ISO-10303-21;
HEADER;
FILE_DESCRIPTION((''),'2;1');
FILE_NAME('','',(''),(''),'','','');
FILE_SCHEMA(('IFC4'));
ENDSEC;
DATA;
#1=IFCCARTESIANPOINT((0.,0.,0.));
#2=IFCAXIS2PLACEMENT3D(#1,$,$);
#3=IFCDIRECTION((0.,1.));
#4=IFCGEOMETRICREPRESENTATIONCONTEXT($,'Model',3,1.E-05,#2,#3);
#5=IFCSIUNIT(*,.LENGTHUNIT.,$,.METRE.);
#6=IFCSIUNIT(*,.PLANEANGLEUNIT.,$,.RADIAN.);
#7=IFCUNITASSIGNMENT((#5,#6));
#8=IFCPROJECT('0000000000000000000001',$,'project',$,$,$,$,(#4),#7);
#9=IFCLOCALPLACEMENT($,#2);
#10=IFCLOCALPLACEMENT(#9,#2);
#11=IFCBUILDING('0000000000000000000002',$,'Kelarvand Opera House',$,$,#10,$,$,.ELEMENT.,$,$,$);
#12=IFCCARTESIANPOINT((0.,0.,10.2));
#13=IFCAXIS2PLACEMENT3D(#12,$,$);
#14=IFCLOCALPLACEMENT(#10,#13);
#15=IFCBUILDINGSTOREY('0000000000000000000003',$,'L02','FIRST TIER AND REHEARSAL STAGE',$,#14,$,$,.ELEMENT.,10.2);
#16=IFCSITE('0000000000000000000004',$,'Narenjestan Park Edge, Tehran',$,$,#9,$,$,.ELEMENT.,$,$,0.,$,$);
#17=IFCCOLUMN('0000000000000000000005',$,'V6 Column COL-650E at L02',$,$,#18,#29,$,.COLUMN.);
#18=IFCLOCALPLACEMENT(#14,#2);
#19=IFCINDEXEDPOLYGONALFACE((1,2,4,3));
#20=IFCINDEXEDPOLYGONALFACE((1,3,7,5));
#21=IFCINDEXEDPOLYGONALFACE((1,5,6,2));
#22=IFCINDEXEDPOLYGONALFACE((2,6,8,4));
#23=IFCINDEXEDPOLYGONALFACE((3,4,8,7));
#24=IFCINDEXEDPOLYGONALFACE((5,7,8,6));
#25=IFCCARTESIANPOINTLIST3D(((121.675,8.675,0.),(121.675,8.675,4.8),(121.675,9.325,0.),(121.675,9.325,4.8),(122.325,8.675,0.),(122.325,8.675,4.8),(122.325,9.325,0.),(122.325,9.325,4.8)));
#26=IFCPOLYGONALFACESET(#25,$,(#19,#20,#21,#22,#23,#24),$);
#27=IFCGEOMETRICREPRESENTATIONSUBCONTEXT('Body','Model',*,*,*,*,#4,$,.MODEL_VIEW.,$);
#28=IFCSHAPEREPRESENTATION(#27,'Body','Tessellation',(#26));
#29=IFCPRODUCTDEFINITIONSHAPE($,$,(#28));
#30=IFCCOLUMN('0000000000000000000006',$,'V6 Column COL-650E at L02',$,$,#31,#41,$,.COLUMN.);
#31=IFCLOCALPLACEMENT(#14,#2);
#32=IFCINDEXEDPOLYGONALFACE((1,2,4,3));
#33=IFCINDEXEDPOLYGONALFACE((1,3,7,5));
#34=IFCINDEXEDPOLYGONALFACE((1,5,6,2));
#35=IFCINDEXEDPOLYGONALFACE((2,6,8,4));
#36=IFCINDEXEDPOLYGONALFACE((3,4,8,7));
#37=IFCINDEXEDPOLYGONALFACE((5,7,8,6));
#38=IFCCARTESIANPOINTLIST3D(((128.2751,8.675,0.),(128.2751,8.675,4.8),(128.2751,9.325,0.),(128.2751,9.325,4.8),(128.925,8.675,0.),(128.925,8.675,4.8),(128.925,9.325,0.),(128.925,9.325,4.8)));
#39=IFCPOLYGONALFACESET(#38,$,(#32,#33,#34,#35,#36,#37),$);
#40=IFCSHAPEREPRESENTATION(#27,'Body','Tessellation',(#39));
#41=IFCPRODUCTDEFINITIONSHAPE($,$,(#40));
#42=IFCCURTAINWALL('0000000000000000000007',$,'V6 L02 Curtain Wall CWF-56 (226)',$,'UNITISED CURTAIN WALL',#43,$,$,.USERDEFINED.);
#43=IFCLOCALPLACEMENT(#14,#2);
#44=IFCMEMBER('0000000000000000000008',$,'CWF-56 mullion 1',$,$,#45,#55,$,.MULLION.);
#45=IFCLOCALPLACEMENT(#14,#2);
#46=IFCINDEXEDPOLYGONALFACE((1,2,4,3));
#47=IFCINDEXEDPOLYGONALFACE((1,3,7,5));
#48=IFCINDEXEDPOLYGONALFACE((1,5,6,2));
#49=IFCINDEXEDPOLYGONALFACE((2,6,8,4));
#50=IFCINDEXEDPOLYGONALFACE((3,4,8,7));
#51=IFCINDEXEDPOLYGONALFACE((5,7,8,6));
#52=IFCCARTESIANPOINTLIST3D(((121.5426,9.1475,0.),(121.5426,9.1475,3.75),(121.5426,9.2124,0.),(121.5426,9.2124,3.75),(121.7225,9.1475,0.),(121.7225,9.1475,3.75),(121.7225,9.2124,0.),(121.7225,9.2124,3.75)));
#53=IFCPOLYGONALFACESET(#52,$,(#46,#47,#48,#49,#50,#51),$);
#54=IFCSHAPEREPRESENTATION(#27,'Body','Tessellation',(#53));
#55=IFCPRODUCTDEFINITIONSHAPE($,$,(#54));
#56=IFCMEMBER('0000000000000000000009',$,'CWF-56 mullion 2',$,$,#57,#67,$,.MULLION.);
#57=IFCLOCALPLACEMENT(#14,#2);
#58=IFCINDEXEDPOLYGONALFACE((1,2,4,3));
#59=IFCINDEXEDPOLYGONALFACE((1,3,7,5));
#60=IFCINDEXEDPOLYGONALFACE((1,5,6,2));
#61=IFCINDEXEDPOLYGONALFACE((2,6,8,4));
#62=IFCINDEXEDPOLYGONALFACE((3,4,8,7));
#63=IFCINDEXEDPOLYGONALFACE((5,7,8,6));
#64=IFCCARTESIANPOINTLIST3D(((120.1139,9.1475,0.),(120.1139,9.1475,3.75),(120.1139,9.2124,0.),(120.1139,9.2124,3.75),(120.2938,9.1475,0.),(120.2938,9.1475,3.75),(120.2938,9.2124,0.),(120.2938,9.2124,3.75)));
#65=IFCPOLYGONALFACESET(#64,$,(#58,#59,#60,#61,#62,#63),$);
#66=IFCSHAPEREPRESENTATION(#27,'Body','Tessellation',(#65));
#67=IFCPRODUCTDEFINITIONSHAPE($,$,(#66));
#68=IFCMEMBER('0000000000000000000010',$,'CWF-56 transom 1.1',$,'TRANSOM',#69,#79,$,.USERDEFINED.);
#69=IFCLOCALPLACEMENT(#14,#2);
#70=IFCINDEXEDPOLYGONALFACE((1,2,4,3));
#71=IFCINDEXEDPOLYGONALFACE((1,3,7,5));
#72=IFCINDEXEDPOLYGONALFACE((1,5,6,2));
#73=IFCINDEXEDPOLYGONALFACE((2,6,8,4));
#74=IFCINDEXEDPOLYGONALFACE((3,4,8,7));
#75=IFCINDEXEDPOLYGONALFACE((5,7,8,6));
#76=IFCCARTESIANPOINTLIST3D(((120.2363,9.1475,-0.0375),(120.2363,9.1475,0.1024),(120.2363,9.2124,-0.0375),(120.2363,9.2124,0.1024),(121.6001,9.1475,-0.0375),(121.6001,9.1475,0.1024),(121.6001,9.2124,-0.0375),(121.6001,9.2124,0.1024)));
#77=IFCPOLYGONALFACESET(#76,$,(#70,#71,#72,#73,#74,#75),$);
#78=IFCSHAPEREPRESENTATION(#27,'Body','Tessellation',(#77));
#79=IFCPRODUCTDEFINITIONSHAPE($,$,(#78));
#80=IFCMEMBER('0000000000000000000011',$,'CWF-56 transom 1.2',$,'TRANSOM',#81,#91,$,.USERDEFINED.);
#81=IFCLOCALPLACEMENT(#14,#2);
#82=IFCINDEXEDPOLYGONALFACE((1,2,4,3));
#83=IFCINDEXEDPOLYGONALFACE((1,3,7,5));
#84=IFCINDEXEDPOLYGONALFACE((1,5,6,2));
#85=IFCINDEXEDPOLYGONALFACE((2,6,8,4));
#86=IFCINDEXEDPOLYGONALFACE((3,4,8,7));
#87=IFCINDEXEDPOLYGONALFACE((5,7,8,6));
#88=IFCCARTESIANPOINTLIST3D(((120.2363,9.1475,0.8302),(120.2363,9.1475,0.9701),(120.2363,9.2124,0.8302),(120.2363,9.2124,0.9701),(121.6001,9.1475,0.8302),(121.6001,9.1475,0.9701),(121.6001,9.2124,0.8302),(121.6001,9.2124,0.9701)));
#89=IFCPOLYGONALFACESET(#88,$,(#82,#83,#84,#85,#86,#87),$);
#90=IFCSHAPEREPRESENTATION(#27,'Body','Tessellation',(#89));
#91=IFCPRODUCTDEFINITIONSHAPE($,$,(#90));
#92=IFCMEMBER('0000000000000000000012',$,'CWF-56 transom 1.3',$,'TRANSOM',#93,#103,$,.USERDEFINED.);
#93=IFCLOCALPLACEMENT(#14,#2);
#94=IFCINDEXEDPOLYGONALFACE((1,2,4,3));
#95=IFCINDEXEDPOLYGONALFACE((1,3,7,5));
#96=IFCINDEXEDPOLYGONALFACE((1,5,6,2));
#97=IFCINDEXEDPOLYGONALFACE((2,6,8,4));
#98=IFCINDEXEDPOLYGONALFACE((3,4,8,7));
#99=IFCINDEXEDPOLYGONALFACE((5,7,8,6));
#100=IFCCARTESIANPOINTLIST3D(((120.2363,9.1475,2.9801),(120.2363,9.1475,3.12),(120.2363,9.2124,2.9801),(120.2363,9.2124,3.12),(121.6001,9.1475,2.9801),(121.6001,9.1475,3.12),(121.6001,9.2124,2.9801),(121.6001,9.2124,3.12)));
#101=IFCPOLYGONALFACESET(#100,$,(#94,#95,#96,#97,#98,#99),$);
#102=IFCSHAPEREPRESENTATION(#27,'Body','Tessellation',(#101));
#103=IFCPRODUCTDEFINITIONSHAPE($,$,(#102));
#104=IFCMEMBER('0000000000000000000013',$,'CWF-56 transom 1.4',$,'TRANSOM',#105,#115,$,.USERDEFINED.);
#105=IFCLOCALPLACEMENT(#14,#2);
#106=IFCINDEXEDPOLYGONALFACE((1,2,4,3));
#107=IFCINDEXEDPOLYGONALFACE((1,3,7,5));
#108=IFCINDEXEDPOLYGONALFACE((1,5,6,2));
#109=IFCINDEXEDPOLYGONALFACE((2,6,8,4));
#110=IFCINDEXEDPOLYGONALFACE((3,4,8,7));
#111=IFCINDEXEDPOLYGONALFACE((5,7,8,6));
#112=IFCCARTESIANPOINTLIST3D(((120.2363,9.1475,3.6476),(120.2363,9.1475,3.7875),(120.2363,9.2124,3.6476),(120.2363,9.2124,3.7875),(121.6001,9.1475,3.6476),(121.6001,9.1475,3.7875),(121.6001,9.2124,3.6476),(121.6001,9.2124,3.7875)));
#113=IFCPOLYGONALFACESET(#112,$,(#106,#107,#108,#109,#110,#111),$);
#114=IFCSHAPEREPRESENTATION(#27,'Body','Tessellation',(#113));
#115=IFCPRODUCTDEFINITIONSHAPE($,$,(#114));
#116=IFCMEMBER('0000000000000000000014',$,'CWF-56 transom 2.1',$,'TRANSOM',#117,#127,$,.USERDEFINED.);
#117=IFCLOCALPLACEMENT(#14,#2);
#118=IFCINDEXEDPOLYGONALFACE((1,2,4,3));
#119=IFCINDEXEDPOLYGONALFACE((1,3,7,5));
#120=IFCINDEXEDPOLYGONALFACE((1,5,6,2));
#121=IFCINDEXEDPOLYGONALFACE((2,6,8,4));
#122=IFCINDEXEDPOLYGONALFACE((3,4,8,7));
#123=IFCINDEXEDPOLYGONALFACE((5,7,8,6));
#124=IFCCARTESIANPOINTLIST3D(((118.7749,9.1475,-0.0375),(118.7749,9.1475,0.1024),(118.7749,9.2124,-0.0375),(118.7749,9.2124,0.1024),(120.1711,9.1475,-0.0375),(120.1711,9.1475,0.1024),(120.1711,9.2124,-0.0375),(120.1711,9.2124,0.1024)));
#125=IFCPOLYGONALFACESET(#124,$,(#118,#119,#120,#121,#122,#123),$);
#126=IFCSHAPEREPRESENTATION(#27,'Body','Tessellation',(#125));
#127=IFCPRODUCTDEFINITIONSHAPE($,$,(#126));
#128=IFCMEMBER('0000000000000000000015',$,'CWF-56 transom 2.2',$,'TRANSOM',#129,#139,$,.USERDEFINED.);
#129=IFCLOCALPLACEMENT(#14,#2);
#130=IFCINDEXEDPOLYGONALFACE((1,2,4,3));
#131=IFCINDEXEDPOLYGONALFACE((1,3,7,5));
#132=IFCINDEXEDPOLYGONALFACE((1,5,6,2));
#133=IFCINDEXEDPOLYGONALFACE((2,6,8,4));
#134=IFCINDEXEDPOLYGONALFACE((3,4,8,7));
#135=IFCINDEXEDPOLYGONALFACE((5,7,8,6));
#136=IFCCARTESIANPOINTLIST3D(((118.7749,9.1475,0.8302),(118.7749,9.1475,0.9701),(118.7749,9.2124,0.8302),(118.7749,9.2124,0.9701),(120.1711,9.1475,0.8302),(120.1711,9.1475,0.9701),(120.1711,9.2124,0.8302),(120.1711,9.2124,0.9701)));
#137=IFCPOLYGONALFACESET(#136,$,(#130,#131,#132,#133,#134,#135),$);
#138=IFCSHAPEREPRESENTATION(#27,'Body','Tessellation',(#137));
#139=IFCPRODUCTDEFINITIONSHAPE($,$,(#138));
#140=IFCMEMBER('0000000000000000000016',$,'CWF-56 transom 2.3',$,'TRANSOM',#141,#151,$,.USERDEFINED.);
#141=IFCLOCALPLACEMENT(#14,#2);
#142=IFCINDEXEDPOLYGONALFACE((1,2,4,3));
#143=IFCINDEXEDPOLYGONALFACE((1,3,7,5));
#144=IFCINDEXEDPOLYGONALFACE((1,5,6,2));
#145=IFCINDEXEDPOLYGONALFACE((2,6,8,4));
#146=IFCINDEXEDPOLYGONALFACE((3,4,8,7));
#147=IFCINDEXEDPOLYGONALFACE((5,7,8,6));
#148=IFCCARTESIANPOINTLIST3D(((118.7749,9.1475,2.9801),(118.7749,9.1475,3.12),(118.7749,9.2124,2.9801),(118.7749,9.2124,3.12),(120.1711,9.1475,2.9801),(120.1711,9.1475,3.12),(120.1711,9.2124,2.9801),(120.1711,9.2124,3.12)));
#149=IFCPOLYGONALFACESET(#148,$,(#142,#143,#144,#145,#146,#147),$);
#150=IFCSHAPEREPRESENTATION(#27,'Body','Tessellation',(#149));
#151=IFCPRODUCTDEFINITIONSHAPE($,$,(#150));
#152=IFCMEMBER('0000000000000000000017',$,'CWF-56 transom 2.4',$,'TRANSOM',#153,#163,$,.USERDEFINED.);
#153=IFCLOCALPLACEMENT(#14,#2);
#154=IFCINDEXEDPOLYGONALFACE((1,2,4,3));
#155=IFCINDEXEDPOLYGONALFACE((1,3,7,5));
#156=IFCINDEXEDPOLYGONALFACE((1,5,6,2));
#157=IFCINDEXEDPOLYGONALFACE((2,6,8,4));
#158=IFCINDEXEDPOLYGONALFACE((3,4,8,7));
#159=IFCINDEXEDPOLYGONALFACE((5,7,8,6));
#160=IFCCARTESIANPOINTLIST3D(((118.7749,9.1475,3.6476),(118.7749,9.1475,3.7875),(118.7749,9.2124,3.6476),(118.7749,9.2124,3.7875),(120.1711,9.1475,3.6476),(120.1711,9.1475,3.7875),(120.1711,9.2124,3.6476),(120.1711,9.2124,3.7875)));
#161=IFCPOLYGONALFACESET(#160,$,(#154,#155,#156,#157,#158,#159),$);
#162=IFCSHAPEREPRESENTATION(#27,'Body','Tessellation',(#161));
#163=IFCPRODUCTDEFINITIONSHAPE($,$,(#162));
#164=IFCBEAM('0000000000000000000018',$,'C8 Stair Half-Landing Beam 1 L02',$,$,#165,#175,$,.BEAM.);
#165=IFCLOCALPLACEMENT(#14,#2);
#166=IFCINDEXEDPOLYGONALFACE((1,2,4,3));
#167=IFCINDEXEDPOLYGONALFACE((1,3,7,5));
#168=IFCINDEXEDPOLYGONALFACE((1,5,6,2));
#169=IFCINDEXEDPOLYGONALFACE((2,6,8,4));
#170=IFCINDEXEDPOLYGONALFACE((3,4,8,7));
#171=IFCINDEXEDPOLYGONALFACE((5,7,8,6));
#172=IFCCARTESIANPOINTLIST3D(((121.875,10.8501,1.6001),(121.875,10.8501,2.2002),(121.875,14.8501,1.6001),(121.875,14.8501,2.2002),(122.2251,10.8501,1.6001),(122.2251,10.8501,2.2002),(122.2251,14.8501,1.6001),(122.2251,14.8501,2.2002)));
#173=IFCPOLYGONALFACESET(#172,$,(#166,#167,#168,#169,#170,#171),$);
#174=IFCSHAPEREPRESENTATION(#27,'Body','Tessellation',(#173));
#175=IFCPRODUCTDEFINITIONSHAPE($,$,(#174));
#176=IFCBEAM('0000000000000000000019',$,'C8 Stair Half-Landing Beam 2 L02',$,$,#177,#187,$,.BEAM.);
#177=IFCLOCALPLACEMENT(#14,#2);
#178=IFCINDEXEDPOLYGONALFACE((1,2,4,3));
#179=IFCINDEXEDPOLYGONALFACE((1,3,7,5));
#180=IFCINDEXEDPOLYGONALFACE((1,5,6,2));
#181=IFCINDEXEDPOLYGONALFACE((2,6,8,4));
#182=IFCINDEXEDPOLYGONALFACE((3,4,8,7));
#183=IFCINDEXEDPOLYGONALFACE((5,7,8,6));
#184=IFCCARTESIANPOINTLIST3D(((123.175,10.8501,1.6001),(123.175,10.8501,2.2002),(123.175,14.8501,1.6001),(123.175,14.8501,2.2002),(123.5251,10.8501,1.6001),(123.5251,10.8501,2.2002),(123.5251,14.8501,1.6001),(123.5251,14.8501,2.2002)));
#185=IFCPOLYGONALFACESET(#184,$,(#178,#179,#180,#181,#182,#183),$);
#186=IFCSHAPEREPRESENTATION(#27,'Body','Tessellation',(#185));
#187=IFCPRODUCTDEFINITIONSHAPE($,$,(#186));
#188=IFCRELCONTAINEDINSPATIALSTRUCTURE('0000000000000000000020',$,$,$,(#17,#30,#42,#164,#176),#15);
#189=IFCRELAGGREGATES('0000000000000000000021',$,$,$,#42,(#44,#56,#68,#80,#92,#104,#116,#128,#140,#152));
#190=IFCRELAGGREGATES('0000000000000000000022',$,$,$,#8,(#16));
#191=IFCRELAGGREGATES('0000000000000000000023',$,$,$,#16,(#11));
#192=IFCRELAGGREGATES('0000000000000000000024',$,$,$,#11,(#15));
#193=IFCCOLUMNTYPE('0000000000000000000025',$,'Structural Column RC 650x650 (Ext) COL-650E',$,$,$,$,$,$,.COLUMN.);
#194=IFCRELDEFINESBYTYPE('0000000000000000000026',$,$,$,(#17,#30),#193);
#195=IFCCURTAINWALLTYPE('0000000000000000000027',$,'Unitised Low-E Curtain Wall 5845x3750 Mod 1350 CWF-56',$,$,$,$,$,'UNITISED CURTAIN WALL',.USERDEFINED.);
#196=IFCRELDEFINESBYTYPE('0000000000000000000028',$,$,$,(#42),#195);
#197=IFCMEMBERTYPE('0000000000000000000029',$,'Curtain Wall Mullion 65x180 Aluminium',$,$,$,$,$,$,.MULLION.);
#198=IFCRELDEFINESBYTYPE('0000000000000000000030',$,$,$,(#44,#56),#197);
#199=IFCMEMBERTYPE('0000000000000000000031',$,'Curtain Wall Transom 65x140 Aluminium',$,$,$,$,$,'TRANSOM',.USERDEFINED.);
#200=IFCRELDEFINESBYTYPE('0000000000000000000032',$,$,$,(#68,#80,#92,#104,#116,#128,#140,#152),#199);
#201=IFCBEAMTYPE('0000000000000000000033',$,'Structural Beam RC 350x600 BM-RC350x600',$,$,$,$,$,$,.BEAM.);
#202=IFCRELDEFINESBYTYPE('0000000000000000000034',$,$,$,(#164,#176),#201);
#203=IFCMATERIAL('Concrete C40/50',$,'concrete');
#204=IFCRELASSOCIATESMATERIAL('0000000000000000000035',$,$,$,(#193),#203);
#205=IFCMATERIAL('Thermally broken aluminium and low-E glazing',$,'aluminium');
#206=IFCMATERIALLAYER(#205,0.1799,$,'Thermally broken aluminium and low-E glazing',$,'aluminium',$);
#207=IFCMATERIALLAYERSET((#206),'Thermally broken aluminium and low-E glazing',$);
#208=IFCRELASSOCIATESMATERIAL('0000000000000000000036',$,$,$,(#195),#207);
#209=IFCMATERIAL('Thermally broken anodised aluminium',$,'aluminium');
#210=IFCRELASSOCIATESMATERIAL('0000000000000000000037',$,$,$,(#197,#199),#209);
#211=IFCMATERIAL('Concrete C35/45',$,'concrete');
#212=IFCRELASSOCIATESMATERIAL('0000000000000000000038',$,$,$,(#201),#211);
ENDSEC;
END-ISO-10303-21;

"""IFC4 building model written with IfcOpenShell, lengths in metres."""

from ifc_helpers import new_model, si_unit, direction, frame, origin, origin_2d, place, context, subcontext, project, spatial, rectangle, extrude, material, layer, layer_set, material_profile, profile_set, type_object, element, aggregate, save


model = new_model("IFC4")

# Units and contexts
model_context = context("Model", 3, precision=1e-05, world=origin(), true_north=direction((0.0, 1.0)))
body_context = subcontext(model_context, "Body", "Model", "MODEL_VIEW")
ifc_project = project(units=[si_unit("LENGTHUNIT", "METRE"), si_unit("PLANEANGLEUNIT", "RADIAN")], contexts=[model_context])

# Site, building, storey
site_placement = place(None, origin())
site = spatial("IfcSite", under=ifc_project, at=site_placement, Name="Narenjestan Park Edge, Tehran", CompositionType="ELEMENT", RefElevation=0.0)
building_placement = place(site_placement, origin())
building = spatial("IfcBuilding", under=site, at=building_placement, Name="Kelarvand Opera House", CompositionType="ELEMENT")
storey_placement = place(building_placement, frame((0.0, 0.0, 10.2)))
storey = spatial("IfcBuildingStorey", under=building, at=storey_placement, Name="L02", Description="FIRST TIER AND REHEARSAL STAGE", CompositionType="ELEMENT", Elevation=10.2)

# Columns
ifc_material_1 = material(Name="Concrete C40/50", Category="concrete")
ifc_material_profile_1 = material_profile(ifc_material_1, rectangle(XDim=0.6499, YDim=0.6499, at=origin_2d()), Name="RC 650x650", Category="concrete")
ifc_profile_set_1 = profile_set([ifc_material_profile_1], Name="Concrete C40/50")
column_type = type_object("IfcColumnType", Name="Structural Column RC 650x650 (Ext) COL-650E", PredefinedType="COLUMN", material=ifc_profile_set_1)
for number, where, z_axis, x_axis, name in (
    (1, (122.0, 9.0, 0.0), (0.0, 0.0, 1.0), (1.0, 0.0, 0.0), "V6 Column COL-650E at L02"),
    (2, (128.6001, 9.0, 0.0), (0.0, 0.0, 1.0), (1.0, 0.0, 0.0), "V6 Column COL-650E at L02"),
):
    element("IfcColumn", number, at=place(storey_placement, frame(where, z_axis=z_axis, x_axis=x_axis)), inside=storey, type_object=column_type, Name=name, PredefinedType="COLUMN", context=body_context, shape_type="SweptSolid", body=[
        extrude(rectangle(XDim=0.6499, YDim=0.6499, at=origin_2d()), origin(), (0.0, 0.0, 1.0), 4.8),
    ])

# Curtain wall, members
ifc_material_2 = material(Name="Thermally broken aluminium and low-E glazing", Category="aluminium")
ifc_layer_1 = layer(ifc_material_2, 0.1799, Name="Thermally broken aluminium and low-E glazing", Category="aluminium")
ifc_layer_set_1 = layer_set([ifc_layer_1], Name="Thermally broken aluminium and low-E glazing")
curtain_wall_type = type_object("IfcCurtainWallType", Name="Unitised Low-E Curtain Wall 5845x3750 Mod 1350 CWF-56", ElementType="UNITISED CURTAIN WALL", PredefinedType="USERDEFINED", material=ifc_layer_set_1)
curtain_wall_placement = place(storey_placement, origin())
curtain_wall = element("IfcCurtainWall", 3, at=curtain_wall_placement, inside=storey, type_object=curtain_wall_type, Name="V6 L02 Curtain Wall CWF-56 (226)", ObjectType="UNITISED CURTAIN WALL", PredefinedType="USERDEFINED")
ifc_material_3 = material(Name="Thermally broken anodised aluminium", Category="aluminium")
ifc_material_profile_2 = material_profile(ifc_material_3, rectangle(XDim=0.0649, YDim=0.1799, at=origin_2d()), Name="ALU MULLION 65x180", Category="aluminium")
ifc_profile_set_2 = profile_set([ifc_material_profile_2], Name="Thermally broken anodised aluminium")
member_type_1 = type_object("IfcMemberType", Name="Curtain Wall Mullion 65x180 Aluminium", PredefinedType="MULLION", material=ifc_profile_set_2)
member_1_placement = place(storey_placement, frame((121.6326, 9.1799, 0.0), z_axis=(0.0, 0.0, 1.0), x_axis=(0.0, -1.0, 0.0)))
member_1 = element("IfcMember", 4, at=member_1_placement, type_object=member_type_1, Name="CWF-56 mullion 1", PredefinedType="MULLION", context=body_context, shape_type="SweptSolid", body=[
    extrude(rectangle(XDim=0.0649, YDim=0.1799, at=origin_2d()), origin(), (0.0, 0.0, 1.0), 3.75),
])
member_2_placement = place(storey_placement, frame((120.2039, 9.1799, 0.0), z_axis=(0.0, 0.0, 1.0), x_axis=(0.0, -1.0, 0.0)))
member_2 = element("IfcMember", 5, at=member_2_placement, type_object=member_type_1, Name="CWF-56 mullion 2", PredefinedType="MULLION", context=body_context, shape_type="SweptSolid", body=[
    extrude(rectangle(XDim=0.0649, YDim=0.1799, at=origin_2d()), origin(), (0.0, 0.0, 1.0), 3.75),
])
ifc_material_profile_3 = material_profile(ifc_material_3, rectangle(XDim=0.0649, YDim=0.1399, at=origin_2d()), Name="ALU TRANSOM 65x140", Category="aluminium")
ifc_profile_set_3 = profile_set([ifc_material_profile_3], Name="Thermally broken anodised aluminium")
member_type_2 = type_object("IfcMemberType", Name="Curtain Wall Transom 65x140 Aluminium", ElementType="TRANSOM", PredefinedType="USERDEFINED", material=ifc_profile_set_3)
member_3_placement = place(storey_placement, frame((121.6001, 9.1799, 0.0325), z_axis=(-1.0, 0.0, 0.0), x_axis=(0.0, -1.0, 0.0)))
member_3 = element("IfcMember", 6, at=member_3_placement, type_object=member_type_2, Name="CWF-56 transom 1.1", ObjectType="TRANSOM", PredefinedType="USERDEFINED", context=body_context, shape_type="SweptSolid", body=[
    extrude(rectangle(XDim=0.0649, YDim=0.1399, at=origin_2d()), origin(), (0.0, 0.0, 1.0), 1.3638),
])
member_4_placement = place(storey_placement, frame((121.6001, 9.1799, 0.9001), z_axis=(-1.0, 0.0, 0.0), x_axis=(0.0, -1.0, 0.0)))
member_4 = element("IfcMember", 7, at=member_4_placement, type_object=member_type_2, Name="CWF-56 transom 1.2", ObjectType="TRANSOM", PredefinedType="USERDEFINED", context=body_context, shape_type="SweptSolid", body=[
    extrude(rectangle(XDim=0.0649, YDim=0.1399, at=origin_2d()), origin(), (0.0, 0.0, 1.0), 1.3638),
])
member_5_placement = place(storey_placement, frame((121.6001, 9.1799, 3.05), z_axis=(-1.0, 0.0, 0.0), x_axis=(0.0, -1.0, 0.0)))
member_5 = element("IfcMember", 8, at=member_5_placement, type_object=member_type_2, Name="CWF-56 transom 1.3", ObjectType="TRANSOM", PredefinedType="USERDEFINED", context=body_context, shape_type="SweptSolid", body=[
    extrude(rectangle(XDim=0.0649, YDim=0.1399, at=origin_2d()), origin(), (0.0, 0.0, 1.0), 1.3638),
])
member_6_placement = place(storey_placement, frame((121.6001, 9.1799, 3.7175), z_axis=(-1.0, 0.0, 0.0), x_axis=(0.0, -1.0, 0.0)))
member_6 = element("IfcMember", 9, at=member_6_placement, type_object=member_type_2, Name="CWF-56 transom 1.4", ObjectType="TRANSOM", PredefinedType="USERDEFINED", context=body_context, shape_type="SweptSolid", body=[
    extrude(rectangle(XDim=0.0649, YDim=0.1399, at=origin_2d()), origin(), (0.0, 0.0, 1.0), 1.3638),
])
member_7_placement = place(storey_placement, frame((120.1711, 9.1799, 0.0325), z_axis=(-1.0, 0.0, 0.0), x_axis=(0.0, -1.0, 0.0)))
member_7 = element("IfcMember", 10, at=member_7_placement, type_object=member_type_2, Name="CWF-56 transom 2.1", ObjectType="TRANSOM", PredefinedType="USERDEFINED", context=body_context, shape_type="SweptSolid", body=[
    extrude(rectangle(XDim=0.0649, YDim=0.1399, at=origin_2d()), origin(), (0.0, 0.0, 1.0), 1.3962),
])
member_8_placement = place(storey_placement, frame((120.1711, 9.1799, 0.9001), z_axis=(-1.0, 0.0, 0.0), x_axis=(0.0, -1.0, 0.0)))
member_8 = element("IfcMember", 11, at=member_8_placement, type_object=member_type_2, Name="CWF-56 transom 2.2", ObjectType="TRANSOM", PredefinedType="USERDEFINED", context=body_context, shape_type="SweptSolid", body=[
    extrude(rectangle(XDim=0.0649, YDim=0.1399, at=origin_2d()), origin(), (0.0, 0.0, 1.0), 1.3962),
])
member_9_placement = place(storey_placement, frame((120.1711, 9.1799, 3.05), z_axis=(-1.0, 0.0, 0.0), x_axis=(0.0, -1.0, 0.0)))
member_9 = element("IfcMember", 12, at=member_9_placement, type_object=member_type_2, Name="CWF-56 transom 2.3", ObjectType="TRANSOM", PredefinedType="USERDEFINED", context=body_context, shape_type="SweptSolid", body=[
    extrude(rectangle(XDim=0.0649, YDim=0.1399, at=origin_2d()), origin(), (0.0, 0.0, 1.0), 1.3962),
])
member_10_placement = place(storey_placement, frame((120.1711, 9.1799, 3.7175), z_axis=(-1.0, 0.0, 0.0), x_axis=(0.0, -1.0, 0.0)))
member_10 = element("IfcMember", 13, at=member_10_placement, type_object=member_type_2, Name="CWF-56 transom 2.4", ObjectType="TRANSOM", PredefinedType="USERDEFINED", context=body_context, shape_type="SweptSolid", body=[
    extrude(rectangle(XDim=0.0649, YDim=0.1399, at=origin_2d()), origin(), (0.0, 0.0, 1.0), 1.3962),
])

# Beams
ifc_material_4 = material(Name="Concrete C35/45", Category="concrete")
ifc_material_profile_4 = material_profile(ifc_material_4, rectangle(XDim=0.3501, YDim=0.6001, at=origin_2d()), Name="RC 350x600", Category="concrete")
ifc_profile_set_4 = profile_set([ifc_material_profile_4], Name="Concrete C35/45")
beam_type_1 = type_object("IfcBeamType", Name="Structural Beam RC 350x600 BM-RC350x600", PredefinedType="BEAM", material=ifc_profile_set_4)
for number, where, z_axis, x_axis, name in (
    (14, (122.05, 10.8501, 1.9001), (0.0, 1.0, 0.0), (-1.0, 0.0, 0.0), "C8 Stair Half-Landing Beam 1 L02"),
    (15, (123.3501, 10.8501, 1.9001), (0.0, 1.0, 0.0), (-1.0, 0.0, 0.0), "C8 Stair Half-Landing Beam 2 L02"),
):
    element("IfcBeam", number, at=place(storey_placement, frame(where, z_axis=z_axis, x_axis=x_axis)), inside=storey, type_object=beam_type_1, Name=name, PredefinedType="BEAM", context=body_context, shape_type="SweptSolid", body=[
        extrude(rectangle(XDim=0.3501, YDim=0.6001, at=origin_2d()), origin(), (0.0, 0.0, 1.0), 4.0),
    ])

aggregate(curtain_wall, [member_1, member_2, member_3, member_4, member_5, member_6, member_7, member_8, member_9, member_10])

save(model, "model.ifc")
